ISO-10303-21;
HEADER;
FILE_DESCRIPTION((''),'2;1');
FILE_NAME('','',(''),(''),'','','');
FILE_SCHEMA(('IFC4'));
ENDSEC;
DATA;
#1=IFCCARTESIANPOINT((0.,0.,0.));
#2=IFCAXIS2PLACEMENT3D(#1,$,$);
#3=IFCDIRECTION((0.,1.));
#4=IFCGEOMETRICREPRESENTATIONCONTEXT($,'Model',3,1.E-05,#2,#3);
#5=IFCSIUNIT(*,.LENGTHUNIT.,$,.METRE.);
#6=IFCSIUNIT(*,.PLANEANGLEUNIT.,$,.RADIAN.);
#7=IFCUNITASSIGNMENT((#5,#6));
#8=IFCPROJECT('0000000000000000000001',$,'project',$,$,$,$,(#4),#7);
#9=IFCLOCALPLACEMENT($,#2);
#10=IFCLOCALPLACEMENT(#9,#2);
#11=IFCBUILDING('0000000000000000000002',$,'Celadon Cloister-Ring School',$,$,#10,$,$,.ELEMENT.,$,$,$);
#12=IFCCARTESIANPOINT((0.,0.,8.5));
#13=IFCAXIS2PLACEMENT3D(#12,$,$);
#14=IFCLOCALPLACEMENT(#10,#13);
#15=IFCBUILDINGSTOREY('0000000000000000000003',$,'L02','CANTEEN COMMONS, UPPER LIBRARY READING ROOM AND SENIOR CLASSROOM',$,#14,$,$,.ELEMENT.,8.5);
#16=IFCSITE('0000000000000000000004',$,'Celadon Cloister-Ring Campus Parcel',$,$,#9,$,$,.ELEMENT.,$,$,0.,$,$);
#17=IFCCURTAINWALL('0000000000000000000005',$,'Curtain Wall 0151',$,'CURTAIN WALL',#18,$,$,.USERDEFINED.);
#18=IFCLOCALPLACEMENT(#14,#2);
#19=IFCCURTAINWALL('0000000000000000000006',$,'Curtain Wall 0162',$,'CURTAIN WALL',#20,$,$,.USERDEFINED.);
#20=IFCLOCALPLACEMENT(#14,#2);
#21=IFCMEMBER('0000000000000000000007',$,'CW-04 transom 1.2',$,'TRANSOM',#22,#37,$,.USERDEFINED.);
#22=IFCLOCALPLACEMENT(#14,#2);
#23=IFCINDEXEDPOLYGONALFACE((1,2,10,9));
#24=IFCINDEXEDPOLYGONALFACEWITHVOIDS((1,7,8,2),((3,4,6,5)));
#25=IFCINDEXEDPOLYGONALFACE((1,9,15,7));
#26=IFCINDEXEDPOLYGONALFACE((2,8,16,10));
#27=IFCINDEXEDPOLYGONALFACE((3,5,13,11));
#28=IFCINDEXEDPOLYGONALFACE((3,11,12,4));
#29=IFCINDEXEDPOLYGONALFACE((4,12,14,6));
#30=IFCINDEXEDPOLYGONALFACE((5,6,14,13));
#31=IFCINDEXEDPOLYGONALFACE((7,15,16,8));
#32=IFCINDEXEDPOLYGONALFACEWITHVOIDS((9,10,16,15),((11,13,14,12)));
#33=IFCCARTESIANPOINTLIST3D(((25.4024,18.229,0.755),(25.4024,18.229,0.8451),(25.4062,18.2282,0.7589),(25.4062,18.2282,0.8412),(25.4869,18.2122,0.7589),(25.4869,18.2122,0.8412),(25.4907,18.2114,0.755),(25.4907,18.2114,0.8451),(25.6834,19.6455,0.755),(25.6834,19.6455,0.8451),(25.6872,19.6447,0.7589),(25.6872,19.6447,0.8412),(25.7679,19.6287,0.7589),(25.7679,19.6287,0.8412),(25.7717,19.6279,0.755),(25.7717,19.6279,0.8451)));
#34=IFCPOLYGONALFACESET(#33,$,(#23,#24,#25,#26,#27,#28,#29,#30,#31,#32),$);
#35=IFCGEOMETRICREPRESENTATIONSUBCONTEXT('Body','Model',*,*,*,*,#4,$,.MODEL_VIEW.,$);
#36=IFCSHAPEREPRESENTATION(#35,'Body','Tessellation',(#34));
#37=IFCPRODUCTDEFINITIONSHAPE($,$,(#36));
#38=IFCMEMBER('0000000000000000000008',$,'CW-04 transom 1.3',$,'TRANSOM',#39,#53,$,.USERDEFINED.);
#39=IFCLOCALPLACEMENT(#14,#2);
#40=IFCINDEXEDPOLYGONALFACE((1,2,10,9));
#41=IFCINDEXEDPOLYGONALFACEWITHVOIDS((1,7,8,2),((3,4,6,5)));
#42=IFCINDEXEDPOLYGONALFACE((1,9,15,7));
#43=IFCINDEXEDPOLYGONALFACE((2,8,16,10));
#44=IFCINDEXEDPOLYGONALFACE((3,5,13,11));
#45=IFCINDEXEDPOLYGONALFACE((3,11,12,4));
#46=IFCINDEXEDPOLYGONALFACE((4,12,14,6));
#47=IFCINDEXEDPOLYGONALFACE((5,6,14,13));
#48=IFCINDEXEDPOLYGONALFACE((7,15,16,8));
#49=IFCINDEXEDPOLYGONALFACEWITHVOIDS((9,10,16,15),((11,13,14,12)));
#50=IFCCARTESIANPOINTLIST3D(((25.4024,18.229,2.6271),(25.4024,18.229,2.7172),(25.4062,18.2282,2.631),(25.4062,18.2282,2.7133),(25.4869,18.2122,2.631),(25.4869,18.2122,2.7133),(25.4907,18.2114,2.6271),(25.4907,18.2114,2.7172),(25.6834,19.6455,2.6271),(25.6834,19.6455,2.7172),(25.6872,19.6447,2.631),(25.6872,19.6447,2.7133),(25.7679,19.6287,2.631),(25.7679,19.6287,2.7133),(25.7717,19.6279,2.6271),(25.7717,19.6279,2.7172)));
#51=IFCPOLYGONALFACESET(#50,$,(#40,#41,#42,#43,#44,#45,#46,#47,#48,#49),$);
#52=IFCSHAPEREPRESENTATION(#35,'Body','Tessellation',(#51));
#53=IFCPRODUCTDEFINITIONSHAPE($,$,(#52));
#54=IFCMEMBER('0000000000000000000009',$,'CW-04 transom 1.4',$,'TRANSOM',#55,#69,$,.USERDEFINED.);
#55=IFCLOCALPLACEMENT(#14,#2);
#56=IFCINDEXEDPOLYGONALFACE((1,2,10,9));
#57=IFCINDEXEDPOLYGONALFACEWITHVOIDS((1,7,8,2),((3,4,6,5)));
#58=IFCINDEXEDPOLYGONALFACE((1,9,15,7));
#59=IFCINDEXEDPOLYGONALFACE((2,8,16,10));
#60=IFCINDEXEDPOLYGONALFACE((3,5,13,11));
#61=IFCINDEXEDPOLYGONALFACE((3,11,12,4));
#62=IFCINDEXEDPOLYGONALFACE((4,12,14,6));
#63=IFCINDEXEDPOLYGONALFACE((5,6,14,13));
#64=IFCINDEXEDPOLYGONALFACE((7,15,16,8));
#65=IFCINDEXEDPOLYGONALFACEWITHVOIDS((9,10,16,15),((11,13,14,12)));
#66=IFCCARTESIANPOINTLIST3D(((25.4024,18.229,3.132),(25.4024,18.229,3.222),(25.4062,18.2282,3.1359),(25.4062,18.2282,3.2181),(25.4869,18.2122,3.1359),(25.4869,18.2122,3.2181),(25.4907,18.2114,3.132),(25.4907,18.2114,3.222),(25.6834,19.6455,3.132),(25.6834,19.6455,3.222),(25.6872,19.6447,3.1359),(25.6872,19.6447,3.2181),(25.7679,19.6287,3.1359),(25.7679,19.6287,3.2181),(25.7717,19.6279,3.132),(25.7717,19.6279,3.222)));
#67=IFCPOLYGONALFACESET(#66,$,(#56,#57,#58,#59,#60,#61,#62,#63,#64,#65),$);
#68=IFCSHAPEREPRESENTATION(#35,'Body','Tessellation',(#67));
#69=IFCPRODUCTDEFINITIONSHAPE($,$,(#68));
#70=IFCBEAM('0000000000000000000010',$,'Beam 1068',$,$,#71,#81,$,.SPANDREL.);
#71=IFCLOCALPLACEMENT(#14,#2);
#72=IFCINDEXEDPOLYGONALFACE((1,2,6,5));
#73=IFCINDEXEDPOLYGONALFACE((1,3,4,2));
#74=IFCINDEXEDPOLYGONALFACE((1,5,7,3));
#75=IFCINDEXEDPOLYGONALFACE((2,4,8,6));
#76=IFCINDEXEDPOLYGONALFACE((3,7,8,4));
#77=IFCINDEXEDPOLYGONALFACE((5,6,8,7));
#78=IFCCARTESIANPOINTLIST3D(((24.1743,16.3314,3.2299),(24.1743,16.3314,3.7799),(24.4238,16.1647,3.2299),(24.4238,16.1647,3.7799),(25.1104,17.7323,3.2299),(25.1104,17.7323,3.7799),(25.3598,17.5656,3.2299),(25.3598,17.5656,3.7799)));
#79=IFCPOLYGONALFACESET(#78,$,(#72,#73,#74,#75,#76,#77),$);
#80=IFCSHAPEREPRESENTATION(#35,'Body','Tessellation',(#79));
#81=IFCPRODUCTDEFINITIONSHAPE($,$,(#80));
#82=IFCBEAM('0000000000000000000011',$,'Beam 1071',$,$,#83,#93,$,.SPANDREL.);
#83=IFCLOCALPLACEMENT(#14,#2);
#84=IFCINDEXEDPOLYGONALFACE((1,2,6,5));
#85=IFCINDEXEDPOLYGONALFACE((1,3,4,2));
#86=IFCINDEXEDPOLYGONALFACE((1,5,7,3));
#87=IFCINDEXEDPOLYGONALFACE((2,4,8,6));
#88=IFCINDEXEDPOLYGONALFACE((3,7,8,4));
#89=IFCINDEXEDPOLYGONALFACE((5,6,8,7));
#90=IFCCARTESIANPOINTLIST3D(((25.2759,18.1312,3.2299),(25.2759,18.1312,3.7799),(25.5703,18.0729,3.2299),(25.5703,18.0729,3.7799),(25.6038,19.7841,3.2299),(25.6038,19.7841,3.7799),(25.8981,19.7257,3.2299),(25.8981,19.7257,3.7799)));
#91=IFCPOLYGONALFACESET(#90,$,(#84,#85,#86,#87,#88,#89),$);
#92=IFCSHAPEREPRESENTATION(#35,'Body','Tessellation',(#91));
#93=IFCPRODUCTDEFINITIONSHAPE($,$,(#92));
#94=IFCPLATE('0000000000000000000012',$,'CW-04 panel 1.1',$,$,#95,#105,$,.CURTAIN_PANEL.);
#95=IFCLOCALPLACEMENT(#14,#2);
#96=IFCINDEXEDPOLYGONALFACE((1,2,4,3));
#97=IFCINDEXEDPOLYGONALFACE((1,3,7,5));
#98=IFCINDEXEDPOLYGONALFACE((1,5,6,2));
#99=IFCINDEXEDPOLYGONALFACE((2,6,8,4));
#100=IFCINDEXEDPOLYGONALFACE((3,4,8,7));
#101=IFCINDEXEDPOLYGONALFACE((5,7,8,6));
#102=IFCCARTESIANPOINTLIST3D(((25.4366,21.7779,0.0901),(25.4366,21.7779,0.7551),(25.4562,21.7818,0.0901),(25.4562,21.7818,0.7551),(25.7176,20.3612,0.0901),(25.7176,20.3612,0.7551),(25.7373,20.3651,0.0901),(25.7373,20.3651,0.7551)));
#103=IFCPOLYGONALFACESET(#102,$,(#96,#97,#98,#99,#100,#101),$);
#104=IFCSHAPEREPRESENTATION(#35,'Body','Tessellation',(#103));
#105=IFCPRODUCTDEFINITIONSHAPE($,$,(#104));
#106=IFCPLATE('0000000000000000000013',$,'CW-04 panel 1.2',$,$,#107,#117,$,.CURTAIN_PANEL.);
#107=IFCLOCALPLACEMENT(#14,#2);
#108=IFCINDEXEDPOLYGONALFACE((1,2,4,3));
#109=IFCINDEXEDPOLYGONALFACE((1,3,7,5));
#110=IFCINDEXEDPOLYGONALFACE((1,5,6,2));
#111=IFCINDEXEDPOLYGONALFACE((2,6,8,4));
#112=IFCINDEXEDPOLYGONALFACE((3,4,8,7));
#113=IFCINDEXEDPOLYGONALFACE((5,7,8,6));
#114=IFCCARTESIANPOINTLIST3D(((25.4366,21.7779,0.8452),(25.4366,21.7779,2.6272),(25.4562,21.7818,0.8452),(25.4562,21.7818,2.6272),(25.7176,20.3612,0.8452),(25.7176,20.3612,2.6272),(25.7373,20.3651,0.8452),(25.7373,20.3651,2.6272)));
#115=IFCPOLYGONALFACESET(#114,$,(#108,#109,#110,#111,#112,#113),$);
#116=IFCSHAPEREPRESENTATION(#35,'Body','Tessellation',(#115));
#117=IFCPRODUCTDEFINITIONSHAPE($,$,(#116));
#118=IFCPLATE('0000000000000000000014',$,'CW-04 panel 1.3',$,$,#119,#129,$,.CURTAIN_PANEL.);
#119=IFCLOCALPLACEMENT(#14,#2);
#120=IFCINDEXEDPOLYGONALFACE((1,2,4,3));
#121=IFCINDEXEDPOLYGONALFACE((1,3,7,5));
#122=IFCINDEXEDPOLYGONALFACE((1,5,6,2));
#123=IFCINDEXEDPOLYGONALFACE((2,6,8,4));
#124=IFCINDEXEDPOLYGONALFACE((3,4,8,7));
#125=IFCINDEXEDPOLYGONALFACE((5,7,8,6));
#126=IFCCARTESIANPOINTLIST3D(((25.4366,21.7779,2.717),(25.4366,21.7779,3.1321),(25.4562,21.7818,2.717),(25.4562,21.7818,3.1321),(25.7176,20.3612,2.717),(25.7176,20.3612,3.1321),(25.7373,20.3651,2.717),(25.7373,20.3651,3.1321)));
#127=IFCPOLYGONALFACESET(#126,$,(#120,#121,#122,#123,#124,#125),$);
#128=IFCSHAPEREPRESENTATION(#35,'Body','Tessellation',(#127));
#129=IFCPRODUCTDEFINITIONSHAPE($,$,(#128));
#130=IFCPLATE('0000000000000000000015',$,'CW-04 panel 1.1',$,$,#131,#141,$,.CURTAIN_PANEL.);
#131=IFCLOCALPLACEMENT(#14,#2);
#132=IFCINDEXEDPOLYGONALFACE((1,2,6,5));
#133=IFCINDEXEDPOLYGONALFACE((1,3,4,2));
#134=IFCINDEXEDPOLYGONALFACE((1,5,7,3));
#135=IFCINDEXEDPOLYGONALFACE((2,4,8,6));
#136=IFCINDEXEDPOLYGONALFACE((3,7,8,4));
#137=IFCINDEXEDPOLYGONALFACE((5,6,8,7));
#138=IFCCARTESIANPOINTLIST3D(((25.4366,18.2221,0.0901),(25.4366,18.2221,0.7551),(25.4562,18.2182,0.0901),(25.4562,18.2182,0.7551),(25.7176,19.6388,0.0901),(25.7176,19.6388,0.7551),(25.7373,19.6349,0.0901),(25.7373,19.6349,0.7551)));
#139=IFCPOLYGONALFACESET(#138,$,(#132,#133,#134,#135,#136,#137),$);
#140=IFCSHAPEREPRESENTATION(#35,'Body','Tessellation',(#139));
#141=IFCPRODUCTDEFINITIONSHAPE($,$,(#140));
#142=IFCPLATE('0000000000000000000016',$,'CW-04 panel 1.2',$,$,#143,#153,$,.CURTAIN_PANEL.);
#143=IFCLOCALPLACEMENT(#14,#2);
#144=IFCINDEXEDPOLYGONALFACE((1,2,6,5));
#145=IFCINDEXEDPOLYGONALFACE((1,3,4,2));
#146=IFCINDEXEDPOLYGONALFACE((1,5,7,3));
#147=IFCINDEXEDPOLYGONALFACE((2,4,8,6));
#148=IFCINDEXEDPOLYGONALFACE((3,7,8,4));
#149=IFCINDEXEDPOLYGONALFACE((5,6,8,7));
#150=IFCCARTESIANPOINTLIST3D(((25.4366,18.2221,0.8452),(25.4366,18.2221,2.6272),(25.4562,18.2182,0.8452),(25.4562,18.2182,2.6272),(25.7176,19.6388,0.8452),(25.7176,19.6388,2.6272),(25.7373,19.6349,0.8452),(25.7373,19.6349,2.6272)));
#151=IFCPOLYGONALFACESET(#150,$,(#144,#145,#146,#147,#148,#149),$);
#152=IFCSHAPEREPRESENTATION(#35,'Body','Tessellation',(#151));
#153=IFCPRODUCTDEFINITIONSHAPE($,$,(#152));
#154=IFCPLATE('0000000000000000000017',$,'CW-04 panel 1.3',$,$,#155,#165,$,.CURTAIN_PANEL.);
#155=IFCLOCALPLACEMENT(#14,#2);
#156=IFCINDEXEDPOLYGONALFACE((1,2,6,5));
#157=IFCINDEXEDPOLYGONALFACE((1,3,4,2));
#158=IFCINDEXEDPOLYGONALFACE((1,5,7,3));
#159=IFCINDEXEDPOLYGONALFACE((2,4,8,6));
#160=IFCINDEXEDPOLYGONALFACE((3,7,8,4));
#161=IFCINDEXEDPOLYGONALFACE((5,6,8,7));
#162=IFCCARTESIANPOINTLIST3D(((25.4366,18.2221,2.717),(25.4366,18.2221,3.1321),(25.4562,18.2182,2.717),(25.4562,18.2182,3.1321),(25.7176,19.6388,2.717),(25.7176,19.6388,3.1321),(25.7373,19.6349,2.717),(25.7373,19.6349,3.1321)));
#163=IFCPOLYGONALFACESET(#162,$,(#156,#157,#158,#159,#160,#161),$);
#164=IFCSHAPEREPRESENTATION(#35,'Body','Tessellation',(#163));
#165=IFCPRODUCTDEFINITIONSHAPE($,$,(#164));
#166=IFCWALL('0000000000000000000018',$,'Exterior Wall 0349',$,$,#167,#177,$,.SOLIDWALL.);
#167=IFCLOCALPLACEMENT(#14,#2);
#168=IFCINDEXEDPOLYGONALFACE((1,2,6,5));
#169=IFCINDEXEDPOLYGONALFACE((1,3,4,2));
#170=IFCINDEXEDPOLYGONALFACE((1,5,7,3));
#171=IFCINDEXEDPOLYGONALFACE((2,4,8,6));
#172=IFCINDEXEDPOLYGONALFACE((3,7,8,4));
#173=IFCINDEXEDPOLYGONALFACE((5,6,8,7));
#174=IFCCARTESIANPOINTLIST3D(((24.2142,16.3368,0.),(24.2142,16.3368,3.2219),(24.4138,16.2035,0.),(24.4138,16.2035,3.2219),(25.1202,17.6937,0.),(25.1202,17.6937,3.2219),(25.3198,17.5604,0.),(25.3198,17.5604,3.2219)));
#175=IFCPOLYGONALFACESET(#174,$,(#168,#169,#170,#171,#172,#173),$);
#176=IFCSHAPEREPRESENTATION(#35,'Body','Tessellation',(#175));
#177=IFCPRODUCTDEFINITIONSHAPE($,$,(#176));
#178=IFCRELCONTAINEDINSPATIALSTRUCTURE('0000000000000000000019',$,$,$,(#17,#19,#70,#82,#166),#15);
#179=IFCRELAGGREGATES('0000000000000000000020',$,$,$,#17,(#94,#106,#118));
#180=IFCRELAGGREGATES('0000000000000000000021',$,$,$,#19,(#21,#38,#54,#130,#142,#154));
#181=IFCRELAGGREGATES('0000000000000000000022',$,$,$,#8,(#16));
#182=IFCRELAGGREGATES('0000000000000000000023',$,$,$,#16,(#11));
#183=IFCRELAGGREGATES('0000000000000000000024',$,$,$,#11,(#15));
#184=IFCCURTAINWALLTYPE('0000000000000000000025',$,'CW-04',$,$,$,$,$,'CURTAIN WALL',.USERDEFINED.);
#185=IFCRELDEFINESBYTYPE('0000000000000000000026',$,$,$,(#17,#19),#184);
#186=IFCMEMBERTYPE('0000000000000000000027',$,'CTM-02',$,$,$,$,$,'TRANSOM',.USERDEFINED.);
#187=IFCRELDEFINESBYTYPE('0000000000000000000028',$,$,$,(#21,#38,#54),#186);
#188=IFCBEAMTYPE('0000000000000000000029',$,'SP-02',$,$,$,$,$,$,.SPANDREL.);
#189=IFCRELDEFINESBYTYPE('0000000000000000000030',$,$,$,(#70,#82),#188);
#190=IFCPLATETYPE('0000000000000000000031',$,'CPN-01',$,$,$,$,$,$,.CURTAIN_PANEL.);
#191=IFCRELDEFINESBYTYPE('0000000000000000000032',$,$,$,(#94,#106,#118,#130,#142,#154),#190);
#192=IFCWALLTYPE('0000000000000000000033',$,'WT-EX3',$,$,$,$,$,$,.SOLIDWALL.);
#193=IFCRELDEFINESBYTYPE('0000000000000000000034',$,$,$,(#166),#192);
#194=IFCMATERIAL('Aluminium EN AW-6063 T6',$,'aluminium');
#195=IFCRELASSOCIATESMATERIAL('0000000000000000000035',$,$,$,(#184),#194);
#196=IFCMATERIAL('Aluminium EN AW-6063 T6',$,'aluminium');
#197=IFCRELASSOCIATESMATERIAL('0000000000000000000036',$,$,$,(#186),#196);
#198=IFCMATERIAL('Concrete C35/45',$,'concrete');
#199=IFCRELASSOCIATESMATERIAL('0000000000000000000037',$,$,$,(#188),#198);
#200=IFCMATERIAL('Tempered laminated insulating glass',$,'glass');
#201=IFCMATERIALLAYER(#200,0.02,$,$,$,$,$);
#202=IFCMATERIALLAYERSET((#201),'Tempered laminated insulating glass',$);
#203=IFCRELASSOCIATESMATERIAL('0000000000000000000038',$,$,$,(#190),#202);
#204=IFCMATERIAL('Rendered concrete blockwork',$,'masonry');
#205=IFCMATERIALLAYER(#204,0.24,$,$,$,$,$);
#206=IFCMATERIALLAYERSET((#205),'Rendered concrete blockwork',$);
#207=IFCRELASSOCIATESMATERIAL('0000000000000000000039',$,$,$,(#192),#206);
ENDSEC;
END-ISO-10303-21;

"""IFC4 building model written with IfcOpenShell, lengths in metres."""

from ifc_helpers import new_model, si_unit, direction, frame, frame_2d, origin, origin_2d, place, context, subcontext, project, spatial, rectangle, hollow_rectangle, extrude, material, layer, layer_set, material_profile, profile_set, type_object, element, aggregate, save


model = new_model("IFC4")

# Units and contexts
model_context = context("Model", 3, precision=1e-05, world=origin(), true_north=direction((0.0, 1.0)))
body_context = subcontext(model_context, "Body", "Model", "MODEL_VIEW")
ifc_project = project(units=[si_unit("LENGTHUNIT", "METRE"), si_unit("PLANEANGLEUNIT", "RADIAN")], contexts=[model_context])

# Site, building, storey
site_placement = place(None, origin())
site = spatial("IfcSite", under=ifc_project, at=site_placement, Name="Celadon Cloister-Ring Campus Parcel", CompositionType="ELEMENT", RefElevation=0.0)
building_placement = place(site_placement, origin())
building = spatial("IfcBuilding", under=site, at=building_placement, Name="Celadon Cloister-Ring School", CompositionType="ELEMENT")
storey_placement = place(building_placement, frame((0.0, 0.0, 8.5)))
storey = spatial("IfcBuildingStorey", under=building, at=storey_placement, Name="L02", Description="CANTEEN COMMONS, UPPER LIBRARY READING ROOM AND SENIOR CLASSROOM", CompositionType="ELEMENT", Elevation=8.5)

# Curtain walls
ifc_material_1 = material(Name="Aluminium EN AW-6063 T6", Category="aluminium")
curtain_wall_type = type_object("IfcCurtainWallType", Name="CW-04", ElementType="CURTAIN WALL", PredefinedType="USERDEFINED", material=ifc_material_1)
curtain_wall_1_placement = place(storey_placement, origin())
curtain_wall_1 = element("IfcCurtainWall", 1, at=curtain_wall_1_placement, inside=storey, type_object=curtain_wall_type, Name="Curtain Wall 0151", ObjectType="CURTAIN WALL", PredefinedType="USERDEFINED")
curtain_wall_2_placement = place(storey_placement, origin())
curtain_wall_2 = element("IfcCurtainWall", 2, at=curtain_wall_2_placement, inside=storey, type_object=curtain_wall_type, Name="Curtain Wall 0162", ObjectType="CURTAIN WALL", PredefinedType="USERDEFINED")

# Members
ifc_material_2 = material(Name="Aluminium EN AW-6063 T6", Category="aluminium")
ifc_material_profile_1 = material_profile(ifc_material_2, hollow_rectangle(XDim=0.0901, YDim=0.0901, WallThickness=0.0039, at=origin_2d()), Name="RHS90X90X4")
ifc_profile_set_1 = profile_set([ifc_material_profile_1], Name="Aluminium EN AW-6063 T6")
member_type_1 = type_object("IfcMemberType", Name="CTM-02", ElementType="TRANSOM", PredefinedType="USERDEFINED", material=ifc_profile_set_1)
member_1_placement = place(storey_placement, frame((25.4465, 18.2202, 0.8), z_axis=(0.194588, 0.980885, 0.0), x_axis=(-0.980885, 0.194588, 0.0)))
member_1 = element("IfcMember", 3, at=member_1_placement, type_object=member_type_1, Name="CW-04 transom 1.2", ObjectType="TRANSOM", PredefinedType="USERDEFINED", context=body_context, shape_type="SweptSolid", body=[
    extrude(hollow_rectangle(XDim=0.0901, YDim=0.0901, WallThickness=0.0039, at=origin_2d()), origin(), (0.0, 0.0, 1.0), 1.4441),
])
member_2_placement = place(storey_placement, frame((25.4465, 18.2202, 2.6721), z_axis=(0.194588, 0.980885, 0.0), x_axis=(-0.980885, 0.194588, 0.0)))
member_2 = element("IfcMember", 4, at=member_2_placement, type_object=member_type_1, Name="CW-04 transom 1.3", ObjectType="TRANSOM", PredefinedType="USERDEFINED", context=body_context, shape_type="SweptSolid", body=[
    extrude(hollow_rectangle(XDim=0.0901, YDim=0.0901, WallThickness=0.0039, at=origin_2d()), origin(), (0.0, 0.0, 1.0), 1.4441),
])
member_3_placement = place(storey_placement, frame((25.4465, 18.2202, 3.177), z_axis=(0.194588, 0.980885, 0.0), x_axis=(-0.980885, 0.194588, 0.0)))
member_3 = element("IfcMember", 5, at=member_3_placement, type_object=member_type_1, Name="CW-04 transom 1.4", ObjectType="TRANSOM", PredefinedType="USERDEFINED", context=body_context, shape_type="SweptSolid", body=[
    extrude(hollow_rectangle(XDim=0.0901, YDim=0.0901, WallThickness=0.0039, at=origin_2d()), origin(), (0.0, 0.0, 1.0), 1.4441),
])

# Beams
ifc_material_3 = material(Name="Concrete C35/45", Category="concrete")
ifc_material_profile_2 = material_profile(ifc_material_3, rectangle(XDim=0.3, YDim=0.55, at=origin_2d()), Name="RC300X550")
ifc_profile_set_2 = profile_set([ifc_material_profile_2], Name="Concrete C35/45")
beam_type = type_object("IfcBeamType", Name="SP-02", PredefinedType="SPANDREL", material=ifc_profile_set_2)
beam_1_placement = place(storey_placement, frame((24.2991, 16.248, 3.5049), z_axis=(0.555569, 0.83147, 0.0), x_axis=(-0.83147, 0.555569, 0.0)))
element("IfcBeam", 6, at=beam_1_placement, inside=storey, type_object=beam_type, Name="Beam 1068", PredefinedType="SPANDREL", context=body_context, shape_type="SweptSolid", body=[
    extrude(rectangle(XDim=0.3, YDim=0.55, at=origin_2d()), origin(), (0.0, 0.0, 1.0), 1.6848),
])
beam_2_placement = place(storey_placement, frame((25.4231, 18.1021, 3.5049), z_axis=(0.194583, 0.980886, 0.0), x_axis=(-0.980886, 0.194583, 0.0)))
element("IfcBeam", 7, at=beam_2_placement, inside=storey, type_object=beam_type, Name="Beam 1071", PredefinedType="SPANDREL", context=body_context, shape_type="SweptSolid", body=[
    extrude(rectangle(XDim=0.3, YDim=0.55, at=origin_2d()), origin(), (0.0, 0.0, 1.0), 1.6851),
])

# Plates
ifc_material_4 = material(Name="Tempered laminated insulating glass", Category="glass")
ifc_layer_1 = layer(ifc_material_4, 0.02)
ifc_layer_set_1 = layer_set([ifc_layer_1], Name="Tempered laminated insulating glass")
plate_type = type_object("IfcPlateType", Name="CPN-01", PredefinedType="CURTAIN_PANEL", material=ifc_layer_set_1)
plate_1_placement = place(storey_placement, frame((25.5869, 21.0715, 0.0901), z_axis=(0.0, 0.0, 1.0), x_axis=(-0.194586, 0.980885, 0.0)))
plate_1 = element("IfcPlate", 8, at=plate_1_placement, type_object=plate_type, Name="CW-04 panel 1.1", PredefinedType="CURTAIN_PANEL", context=body_context, shape_type="SweptSolid", body=[
    extrude(rectangle(XDim=1.4443, YDim=0.02, at=origin_2d()), origin(), (0.0, 0.0, 1.0), 0.665),
])
plate_2_placement = place(storey_placement, frame((25.5869, 21.0715, 0.8452), z_axis=(0.0, 0.0, 1.0), x_axis=(-0.194586, 0.980885, 0.0)))
plate_2 = element("IfcPlate", 9, at=plate_2_placement, type_object=plate_type, Name="CW-04 panel 1.2", PredefinedType="CURTAIN_PANEL", context=body_context, shape_type="SweptSolid", body=[
    extrude(rectangle(XDim=1.4443, YDim=0.02, at=origin_2d()), origin(), (0.0, 0.0, 1.0), 1.782),
])
plate_3_placement = place(storey_placement, frame((25.5869, 21.0715, 2.717), z_axis=(0.0, 0.0, 1.0), x_axis=(-0.194586, 0.980885, 0.0)))
plate_3 = element("IfcPlate", 10, at=plate_3_placement, type_object=plate_type, Name="CW-04 panel 1.3", PredefinedType="CURTAIN_PANEL", context=body_context, shape_type="SweptSolid", body=[
    extrude(rectangle(XDim=1.4443, YDim=0.02, at=origin_2d()), origin(), (0.0, 0.0, 1.0), 0.415),
])
aggregate(curtain_wall_1, [plate_1, plate_2, plate_3])
plate_4_placement = place(storey_placement, frame((25.5869, 18.9285, 0.0901), z_axis=(0.0, 0.0, 1.0), x_axis=(0.194586, 0.980885, 0.0)))
plate_4 = element("IfcPlate", 11, at=plate_4_placement, type_object=plate_type, Name="CW-04 panel 1.1", PredefinedType="CURTAIN_PANEL", context=body_context, shape_type="SweptSolid", body=[
    extrude(rectangle(XDim=1.4443, YDim=0.02, at=origin_2d()), origin(), (0.0, 0.0, 1.0), 0.665),
])
plate_5_placement = place(storey_placement, frame((25.5869, 18.9285, 0.8452), z_axis=(0.0, 0.0, 1.0), x_axis=(0.194586, 0.980885, 0.0)))
plate_5 = element("IfcPlate", 12, at=plate_5_placement, type_object=plate_type, Name="CW-04 panel 1.2", PredefinedType="CURTAIN_PANEL", context=body_context, shape_type="SweptSolid", body=[
    extrude(rectangle(XDim=1.4443, YDim=0.02, at=origin_2d()), origin(), (0.0, 0.0, 1.0), 1.782),
])
plate_6_placement = place(storey_placement, frame((25.5869, 18.9285, 2.717), z_axis=(0.0, 0.0, 1.0), x_axis=(0.194586, 0.980885, 0.0)))
plate_6 = element("IfcPlate", 13, at=plate_6_placement, type_object=plate_type, Name="CW-04 panel 1.3", PredefinedType="CURTAIN_PANEL", context=body_context, shape_type="SweptSolid", body=[
    extrude(rectangle(XDim=1.4443, YDim=0.02, at=origin_2d()), origin(), (0.0, 0.0, 1.0), 0.415),
])
aggregate(curtain_wall_2, [member_1, member_2, member_3, plate_4, plate_5, plate_6])

# Wall
ifc_material_5 = material(Name="Rendered concrete blockwork", Category="masonry")
ifc_layer_2 = layer(ifc_material_5, 0.24)
ifc_layer_set_2 = layer_set([ifc_layer_2], Name="Rendered concrete blockwork")
wall_type = type_object("IfcWallType", Name="WT-EX3", PredefinedType="SOLIDWALL", material=ifc_layer_set_2)
wall_placement = place(storey_placement, frame((24.314, 16.27, 0.0), z_axis=(0.0, 0.0, 1.0), x_axis=(0.555287, 0.831659, 0.0)))
element("IfcWall", 14, at=wall_placement, inside=storey, type_object=wall_type, Name="Exterior Wall 0349", PredefinedType="SOLIDWALL", context=body_context, shape_type="SweptSolid", body=[
    extrude(rectangle(XDim=1.6316, YDim=0.24, at=frame_2d((0.8159, 0.0))), origin(), (0.0, 0.0, 1.0), 3.2219),
])

save(model, "model.ifc")
